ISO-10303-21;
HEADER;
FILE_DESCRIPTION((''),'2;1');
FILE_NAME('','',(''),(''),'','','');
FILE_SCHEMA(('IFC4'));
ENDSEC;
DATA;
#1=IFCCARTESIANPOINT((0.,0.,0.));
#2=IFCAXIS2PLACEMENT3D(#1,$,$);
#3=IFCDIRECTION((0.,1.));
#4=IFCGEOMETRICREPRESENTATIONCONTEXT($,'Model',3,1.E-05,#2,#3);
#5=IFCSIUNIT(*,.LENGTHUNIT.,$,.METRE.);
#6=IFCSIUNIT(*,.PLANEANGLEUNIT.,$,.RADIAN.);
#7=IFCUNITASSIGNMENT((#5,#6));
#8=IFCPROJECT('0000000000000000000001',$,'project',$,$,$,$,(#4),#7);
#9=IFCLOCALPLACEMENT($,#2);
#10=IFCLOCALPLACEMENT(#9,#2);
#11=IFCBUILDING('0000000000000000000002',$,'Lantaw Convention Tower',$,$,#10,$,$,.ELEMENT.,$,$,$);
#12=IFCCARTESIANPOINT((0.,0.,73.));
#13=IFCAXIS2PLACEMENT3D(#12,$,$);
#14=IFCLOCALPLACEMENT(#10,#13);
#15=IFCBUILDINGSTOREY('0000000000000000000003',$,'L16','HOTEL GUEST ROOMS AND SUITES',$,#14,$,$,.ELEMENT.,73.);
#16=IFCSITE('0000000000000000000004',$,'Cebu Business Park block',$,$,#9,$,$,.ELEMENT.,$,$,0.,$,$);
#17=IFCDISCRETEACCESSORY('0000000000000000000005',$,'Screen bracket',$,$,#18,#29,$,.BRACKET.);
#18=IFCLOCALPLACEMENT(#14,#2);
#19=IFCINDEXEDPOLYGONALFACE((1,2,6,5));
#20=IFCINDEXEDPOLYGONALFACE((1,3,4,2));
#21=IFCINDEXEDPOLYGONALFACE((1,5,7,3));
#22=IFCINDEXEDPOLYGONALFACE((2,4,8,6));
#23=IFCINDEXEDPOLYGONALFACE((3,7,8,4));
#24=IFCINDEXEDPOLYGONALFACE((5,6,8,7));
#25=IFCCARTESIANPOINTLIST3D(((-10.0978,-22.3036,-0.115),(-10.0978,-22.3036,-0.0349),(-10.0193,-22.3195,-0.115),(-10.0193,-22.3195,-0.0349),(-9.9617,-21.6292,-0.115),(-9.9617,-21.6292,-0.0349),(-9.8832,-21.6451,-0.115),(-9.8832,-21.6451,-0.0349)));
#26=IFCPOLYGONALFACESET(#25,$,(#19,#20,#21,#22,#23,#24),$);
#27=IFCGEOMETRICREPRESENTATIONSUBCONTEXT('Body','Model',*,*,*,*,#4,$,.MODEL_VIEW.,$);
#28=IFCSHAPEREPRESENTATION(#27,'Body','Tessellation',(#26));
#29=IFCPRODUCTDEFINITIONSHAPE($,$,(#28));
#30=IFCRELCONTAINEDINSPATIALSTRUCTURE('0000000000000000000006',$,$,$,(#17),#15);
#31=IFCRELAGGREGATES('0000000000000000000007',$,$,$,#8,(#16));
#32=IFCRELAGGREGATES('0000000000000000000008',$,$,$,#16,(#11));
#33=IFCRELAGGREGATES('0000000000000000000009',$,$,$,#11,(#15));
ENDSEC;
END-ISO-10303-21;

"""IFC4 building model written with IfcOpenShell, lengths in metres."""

from ifc_helpers import new_model, si_unit, direction, frame, origin, origin_2d, place, context, subcontext, project, spatial, rectangle, extrude, element, save


model = new_model("IFC4")

# Units and contexts
model_context = context("Model", 3, precision=1e-05, world=origin(), true_north=direction((0.0, 1.0)))
body_context = subcontext(model_context, "Body", "Model", "MODEL_VIEW")
ifc_project = project(units=[si_unit("LENGTHUNIT", "METRE"), si_unit("PLANEANGLEUNIT", "RADIAN")], contexts=[model_context])

# Site, building, storey
site_placement = place(None, origin())
site = spatial("IfcSite", under=ifc_project, at=site_placement, Name="Cebu Business Park block", CompositionType="ELEMENT", RefElevation=0.0)
building_placement = place(site_placement, origin())
building = spatial("IfcBuilding", under=site, at=building_placement, Name="Lantaw Convention Tower", CompositionType="ELEMENT")
storey_placement = place(building_placement, frame((0.0, 0.0, 73.0)))
storey = spatial("IfcBuildingStorey", under=building, at=storey_placement, Name="L16", Description="HOTEL GUEST ROOMS AND SUITES", CompositionType="ELEMENT", Elevation=73.0)

# Discrete accessory
discrete_accessory_placement = place(storey_placement, frame((-9.9905, -21.9744, -0.115), z_axis=(0.0, 0.0, 1.0), x_axis=(0.980245, -0.197789, 0.0)))
element("IfcDiscreteAccessory", 1, at=discrete_accessory_placement, inside=storey, Name="Screen bracket", PredefinedType="BRACKET", context=body_context, shape_type="SweptSolid", body=[
    extrude(rectangle(XDim=0.0801, YDim=0.688, at=origin_2d()), origin(), (0.0, 0.0, 1.0), 0.0801),
])

save(model, "model.ifc")
